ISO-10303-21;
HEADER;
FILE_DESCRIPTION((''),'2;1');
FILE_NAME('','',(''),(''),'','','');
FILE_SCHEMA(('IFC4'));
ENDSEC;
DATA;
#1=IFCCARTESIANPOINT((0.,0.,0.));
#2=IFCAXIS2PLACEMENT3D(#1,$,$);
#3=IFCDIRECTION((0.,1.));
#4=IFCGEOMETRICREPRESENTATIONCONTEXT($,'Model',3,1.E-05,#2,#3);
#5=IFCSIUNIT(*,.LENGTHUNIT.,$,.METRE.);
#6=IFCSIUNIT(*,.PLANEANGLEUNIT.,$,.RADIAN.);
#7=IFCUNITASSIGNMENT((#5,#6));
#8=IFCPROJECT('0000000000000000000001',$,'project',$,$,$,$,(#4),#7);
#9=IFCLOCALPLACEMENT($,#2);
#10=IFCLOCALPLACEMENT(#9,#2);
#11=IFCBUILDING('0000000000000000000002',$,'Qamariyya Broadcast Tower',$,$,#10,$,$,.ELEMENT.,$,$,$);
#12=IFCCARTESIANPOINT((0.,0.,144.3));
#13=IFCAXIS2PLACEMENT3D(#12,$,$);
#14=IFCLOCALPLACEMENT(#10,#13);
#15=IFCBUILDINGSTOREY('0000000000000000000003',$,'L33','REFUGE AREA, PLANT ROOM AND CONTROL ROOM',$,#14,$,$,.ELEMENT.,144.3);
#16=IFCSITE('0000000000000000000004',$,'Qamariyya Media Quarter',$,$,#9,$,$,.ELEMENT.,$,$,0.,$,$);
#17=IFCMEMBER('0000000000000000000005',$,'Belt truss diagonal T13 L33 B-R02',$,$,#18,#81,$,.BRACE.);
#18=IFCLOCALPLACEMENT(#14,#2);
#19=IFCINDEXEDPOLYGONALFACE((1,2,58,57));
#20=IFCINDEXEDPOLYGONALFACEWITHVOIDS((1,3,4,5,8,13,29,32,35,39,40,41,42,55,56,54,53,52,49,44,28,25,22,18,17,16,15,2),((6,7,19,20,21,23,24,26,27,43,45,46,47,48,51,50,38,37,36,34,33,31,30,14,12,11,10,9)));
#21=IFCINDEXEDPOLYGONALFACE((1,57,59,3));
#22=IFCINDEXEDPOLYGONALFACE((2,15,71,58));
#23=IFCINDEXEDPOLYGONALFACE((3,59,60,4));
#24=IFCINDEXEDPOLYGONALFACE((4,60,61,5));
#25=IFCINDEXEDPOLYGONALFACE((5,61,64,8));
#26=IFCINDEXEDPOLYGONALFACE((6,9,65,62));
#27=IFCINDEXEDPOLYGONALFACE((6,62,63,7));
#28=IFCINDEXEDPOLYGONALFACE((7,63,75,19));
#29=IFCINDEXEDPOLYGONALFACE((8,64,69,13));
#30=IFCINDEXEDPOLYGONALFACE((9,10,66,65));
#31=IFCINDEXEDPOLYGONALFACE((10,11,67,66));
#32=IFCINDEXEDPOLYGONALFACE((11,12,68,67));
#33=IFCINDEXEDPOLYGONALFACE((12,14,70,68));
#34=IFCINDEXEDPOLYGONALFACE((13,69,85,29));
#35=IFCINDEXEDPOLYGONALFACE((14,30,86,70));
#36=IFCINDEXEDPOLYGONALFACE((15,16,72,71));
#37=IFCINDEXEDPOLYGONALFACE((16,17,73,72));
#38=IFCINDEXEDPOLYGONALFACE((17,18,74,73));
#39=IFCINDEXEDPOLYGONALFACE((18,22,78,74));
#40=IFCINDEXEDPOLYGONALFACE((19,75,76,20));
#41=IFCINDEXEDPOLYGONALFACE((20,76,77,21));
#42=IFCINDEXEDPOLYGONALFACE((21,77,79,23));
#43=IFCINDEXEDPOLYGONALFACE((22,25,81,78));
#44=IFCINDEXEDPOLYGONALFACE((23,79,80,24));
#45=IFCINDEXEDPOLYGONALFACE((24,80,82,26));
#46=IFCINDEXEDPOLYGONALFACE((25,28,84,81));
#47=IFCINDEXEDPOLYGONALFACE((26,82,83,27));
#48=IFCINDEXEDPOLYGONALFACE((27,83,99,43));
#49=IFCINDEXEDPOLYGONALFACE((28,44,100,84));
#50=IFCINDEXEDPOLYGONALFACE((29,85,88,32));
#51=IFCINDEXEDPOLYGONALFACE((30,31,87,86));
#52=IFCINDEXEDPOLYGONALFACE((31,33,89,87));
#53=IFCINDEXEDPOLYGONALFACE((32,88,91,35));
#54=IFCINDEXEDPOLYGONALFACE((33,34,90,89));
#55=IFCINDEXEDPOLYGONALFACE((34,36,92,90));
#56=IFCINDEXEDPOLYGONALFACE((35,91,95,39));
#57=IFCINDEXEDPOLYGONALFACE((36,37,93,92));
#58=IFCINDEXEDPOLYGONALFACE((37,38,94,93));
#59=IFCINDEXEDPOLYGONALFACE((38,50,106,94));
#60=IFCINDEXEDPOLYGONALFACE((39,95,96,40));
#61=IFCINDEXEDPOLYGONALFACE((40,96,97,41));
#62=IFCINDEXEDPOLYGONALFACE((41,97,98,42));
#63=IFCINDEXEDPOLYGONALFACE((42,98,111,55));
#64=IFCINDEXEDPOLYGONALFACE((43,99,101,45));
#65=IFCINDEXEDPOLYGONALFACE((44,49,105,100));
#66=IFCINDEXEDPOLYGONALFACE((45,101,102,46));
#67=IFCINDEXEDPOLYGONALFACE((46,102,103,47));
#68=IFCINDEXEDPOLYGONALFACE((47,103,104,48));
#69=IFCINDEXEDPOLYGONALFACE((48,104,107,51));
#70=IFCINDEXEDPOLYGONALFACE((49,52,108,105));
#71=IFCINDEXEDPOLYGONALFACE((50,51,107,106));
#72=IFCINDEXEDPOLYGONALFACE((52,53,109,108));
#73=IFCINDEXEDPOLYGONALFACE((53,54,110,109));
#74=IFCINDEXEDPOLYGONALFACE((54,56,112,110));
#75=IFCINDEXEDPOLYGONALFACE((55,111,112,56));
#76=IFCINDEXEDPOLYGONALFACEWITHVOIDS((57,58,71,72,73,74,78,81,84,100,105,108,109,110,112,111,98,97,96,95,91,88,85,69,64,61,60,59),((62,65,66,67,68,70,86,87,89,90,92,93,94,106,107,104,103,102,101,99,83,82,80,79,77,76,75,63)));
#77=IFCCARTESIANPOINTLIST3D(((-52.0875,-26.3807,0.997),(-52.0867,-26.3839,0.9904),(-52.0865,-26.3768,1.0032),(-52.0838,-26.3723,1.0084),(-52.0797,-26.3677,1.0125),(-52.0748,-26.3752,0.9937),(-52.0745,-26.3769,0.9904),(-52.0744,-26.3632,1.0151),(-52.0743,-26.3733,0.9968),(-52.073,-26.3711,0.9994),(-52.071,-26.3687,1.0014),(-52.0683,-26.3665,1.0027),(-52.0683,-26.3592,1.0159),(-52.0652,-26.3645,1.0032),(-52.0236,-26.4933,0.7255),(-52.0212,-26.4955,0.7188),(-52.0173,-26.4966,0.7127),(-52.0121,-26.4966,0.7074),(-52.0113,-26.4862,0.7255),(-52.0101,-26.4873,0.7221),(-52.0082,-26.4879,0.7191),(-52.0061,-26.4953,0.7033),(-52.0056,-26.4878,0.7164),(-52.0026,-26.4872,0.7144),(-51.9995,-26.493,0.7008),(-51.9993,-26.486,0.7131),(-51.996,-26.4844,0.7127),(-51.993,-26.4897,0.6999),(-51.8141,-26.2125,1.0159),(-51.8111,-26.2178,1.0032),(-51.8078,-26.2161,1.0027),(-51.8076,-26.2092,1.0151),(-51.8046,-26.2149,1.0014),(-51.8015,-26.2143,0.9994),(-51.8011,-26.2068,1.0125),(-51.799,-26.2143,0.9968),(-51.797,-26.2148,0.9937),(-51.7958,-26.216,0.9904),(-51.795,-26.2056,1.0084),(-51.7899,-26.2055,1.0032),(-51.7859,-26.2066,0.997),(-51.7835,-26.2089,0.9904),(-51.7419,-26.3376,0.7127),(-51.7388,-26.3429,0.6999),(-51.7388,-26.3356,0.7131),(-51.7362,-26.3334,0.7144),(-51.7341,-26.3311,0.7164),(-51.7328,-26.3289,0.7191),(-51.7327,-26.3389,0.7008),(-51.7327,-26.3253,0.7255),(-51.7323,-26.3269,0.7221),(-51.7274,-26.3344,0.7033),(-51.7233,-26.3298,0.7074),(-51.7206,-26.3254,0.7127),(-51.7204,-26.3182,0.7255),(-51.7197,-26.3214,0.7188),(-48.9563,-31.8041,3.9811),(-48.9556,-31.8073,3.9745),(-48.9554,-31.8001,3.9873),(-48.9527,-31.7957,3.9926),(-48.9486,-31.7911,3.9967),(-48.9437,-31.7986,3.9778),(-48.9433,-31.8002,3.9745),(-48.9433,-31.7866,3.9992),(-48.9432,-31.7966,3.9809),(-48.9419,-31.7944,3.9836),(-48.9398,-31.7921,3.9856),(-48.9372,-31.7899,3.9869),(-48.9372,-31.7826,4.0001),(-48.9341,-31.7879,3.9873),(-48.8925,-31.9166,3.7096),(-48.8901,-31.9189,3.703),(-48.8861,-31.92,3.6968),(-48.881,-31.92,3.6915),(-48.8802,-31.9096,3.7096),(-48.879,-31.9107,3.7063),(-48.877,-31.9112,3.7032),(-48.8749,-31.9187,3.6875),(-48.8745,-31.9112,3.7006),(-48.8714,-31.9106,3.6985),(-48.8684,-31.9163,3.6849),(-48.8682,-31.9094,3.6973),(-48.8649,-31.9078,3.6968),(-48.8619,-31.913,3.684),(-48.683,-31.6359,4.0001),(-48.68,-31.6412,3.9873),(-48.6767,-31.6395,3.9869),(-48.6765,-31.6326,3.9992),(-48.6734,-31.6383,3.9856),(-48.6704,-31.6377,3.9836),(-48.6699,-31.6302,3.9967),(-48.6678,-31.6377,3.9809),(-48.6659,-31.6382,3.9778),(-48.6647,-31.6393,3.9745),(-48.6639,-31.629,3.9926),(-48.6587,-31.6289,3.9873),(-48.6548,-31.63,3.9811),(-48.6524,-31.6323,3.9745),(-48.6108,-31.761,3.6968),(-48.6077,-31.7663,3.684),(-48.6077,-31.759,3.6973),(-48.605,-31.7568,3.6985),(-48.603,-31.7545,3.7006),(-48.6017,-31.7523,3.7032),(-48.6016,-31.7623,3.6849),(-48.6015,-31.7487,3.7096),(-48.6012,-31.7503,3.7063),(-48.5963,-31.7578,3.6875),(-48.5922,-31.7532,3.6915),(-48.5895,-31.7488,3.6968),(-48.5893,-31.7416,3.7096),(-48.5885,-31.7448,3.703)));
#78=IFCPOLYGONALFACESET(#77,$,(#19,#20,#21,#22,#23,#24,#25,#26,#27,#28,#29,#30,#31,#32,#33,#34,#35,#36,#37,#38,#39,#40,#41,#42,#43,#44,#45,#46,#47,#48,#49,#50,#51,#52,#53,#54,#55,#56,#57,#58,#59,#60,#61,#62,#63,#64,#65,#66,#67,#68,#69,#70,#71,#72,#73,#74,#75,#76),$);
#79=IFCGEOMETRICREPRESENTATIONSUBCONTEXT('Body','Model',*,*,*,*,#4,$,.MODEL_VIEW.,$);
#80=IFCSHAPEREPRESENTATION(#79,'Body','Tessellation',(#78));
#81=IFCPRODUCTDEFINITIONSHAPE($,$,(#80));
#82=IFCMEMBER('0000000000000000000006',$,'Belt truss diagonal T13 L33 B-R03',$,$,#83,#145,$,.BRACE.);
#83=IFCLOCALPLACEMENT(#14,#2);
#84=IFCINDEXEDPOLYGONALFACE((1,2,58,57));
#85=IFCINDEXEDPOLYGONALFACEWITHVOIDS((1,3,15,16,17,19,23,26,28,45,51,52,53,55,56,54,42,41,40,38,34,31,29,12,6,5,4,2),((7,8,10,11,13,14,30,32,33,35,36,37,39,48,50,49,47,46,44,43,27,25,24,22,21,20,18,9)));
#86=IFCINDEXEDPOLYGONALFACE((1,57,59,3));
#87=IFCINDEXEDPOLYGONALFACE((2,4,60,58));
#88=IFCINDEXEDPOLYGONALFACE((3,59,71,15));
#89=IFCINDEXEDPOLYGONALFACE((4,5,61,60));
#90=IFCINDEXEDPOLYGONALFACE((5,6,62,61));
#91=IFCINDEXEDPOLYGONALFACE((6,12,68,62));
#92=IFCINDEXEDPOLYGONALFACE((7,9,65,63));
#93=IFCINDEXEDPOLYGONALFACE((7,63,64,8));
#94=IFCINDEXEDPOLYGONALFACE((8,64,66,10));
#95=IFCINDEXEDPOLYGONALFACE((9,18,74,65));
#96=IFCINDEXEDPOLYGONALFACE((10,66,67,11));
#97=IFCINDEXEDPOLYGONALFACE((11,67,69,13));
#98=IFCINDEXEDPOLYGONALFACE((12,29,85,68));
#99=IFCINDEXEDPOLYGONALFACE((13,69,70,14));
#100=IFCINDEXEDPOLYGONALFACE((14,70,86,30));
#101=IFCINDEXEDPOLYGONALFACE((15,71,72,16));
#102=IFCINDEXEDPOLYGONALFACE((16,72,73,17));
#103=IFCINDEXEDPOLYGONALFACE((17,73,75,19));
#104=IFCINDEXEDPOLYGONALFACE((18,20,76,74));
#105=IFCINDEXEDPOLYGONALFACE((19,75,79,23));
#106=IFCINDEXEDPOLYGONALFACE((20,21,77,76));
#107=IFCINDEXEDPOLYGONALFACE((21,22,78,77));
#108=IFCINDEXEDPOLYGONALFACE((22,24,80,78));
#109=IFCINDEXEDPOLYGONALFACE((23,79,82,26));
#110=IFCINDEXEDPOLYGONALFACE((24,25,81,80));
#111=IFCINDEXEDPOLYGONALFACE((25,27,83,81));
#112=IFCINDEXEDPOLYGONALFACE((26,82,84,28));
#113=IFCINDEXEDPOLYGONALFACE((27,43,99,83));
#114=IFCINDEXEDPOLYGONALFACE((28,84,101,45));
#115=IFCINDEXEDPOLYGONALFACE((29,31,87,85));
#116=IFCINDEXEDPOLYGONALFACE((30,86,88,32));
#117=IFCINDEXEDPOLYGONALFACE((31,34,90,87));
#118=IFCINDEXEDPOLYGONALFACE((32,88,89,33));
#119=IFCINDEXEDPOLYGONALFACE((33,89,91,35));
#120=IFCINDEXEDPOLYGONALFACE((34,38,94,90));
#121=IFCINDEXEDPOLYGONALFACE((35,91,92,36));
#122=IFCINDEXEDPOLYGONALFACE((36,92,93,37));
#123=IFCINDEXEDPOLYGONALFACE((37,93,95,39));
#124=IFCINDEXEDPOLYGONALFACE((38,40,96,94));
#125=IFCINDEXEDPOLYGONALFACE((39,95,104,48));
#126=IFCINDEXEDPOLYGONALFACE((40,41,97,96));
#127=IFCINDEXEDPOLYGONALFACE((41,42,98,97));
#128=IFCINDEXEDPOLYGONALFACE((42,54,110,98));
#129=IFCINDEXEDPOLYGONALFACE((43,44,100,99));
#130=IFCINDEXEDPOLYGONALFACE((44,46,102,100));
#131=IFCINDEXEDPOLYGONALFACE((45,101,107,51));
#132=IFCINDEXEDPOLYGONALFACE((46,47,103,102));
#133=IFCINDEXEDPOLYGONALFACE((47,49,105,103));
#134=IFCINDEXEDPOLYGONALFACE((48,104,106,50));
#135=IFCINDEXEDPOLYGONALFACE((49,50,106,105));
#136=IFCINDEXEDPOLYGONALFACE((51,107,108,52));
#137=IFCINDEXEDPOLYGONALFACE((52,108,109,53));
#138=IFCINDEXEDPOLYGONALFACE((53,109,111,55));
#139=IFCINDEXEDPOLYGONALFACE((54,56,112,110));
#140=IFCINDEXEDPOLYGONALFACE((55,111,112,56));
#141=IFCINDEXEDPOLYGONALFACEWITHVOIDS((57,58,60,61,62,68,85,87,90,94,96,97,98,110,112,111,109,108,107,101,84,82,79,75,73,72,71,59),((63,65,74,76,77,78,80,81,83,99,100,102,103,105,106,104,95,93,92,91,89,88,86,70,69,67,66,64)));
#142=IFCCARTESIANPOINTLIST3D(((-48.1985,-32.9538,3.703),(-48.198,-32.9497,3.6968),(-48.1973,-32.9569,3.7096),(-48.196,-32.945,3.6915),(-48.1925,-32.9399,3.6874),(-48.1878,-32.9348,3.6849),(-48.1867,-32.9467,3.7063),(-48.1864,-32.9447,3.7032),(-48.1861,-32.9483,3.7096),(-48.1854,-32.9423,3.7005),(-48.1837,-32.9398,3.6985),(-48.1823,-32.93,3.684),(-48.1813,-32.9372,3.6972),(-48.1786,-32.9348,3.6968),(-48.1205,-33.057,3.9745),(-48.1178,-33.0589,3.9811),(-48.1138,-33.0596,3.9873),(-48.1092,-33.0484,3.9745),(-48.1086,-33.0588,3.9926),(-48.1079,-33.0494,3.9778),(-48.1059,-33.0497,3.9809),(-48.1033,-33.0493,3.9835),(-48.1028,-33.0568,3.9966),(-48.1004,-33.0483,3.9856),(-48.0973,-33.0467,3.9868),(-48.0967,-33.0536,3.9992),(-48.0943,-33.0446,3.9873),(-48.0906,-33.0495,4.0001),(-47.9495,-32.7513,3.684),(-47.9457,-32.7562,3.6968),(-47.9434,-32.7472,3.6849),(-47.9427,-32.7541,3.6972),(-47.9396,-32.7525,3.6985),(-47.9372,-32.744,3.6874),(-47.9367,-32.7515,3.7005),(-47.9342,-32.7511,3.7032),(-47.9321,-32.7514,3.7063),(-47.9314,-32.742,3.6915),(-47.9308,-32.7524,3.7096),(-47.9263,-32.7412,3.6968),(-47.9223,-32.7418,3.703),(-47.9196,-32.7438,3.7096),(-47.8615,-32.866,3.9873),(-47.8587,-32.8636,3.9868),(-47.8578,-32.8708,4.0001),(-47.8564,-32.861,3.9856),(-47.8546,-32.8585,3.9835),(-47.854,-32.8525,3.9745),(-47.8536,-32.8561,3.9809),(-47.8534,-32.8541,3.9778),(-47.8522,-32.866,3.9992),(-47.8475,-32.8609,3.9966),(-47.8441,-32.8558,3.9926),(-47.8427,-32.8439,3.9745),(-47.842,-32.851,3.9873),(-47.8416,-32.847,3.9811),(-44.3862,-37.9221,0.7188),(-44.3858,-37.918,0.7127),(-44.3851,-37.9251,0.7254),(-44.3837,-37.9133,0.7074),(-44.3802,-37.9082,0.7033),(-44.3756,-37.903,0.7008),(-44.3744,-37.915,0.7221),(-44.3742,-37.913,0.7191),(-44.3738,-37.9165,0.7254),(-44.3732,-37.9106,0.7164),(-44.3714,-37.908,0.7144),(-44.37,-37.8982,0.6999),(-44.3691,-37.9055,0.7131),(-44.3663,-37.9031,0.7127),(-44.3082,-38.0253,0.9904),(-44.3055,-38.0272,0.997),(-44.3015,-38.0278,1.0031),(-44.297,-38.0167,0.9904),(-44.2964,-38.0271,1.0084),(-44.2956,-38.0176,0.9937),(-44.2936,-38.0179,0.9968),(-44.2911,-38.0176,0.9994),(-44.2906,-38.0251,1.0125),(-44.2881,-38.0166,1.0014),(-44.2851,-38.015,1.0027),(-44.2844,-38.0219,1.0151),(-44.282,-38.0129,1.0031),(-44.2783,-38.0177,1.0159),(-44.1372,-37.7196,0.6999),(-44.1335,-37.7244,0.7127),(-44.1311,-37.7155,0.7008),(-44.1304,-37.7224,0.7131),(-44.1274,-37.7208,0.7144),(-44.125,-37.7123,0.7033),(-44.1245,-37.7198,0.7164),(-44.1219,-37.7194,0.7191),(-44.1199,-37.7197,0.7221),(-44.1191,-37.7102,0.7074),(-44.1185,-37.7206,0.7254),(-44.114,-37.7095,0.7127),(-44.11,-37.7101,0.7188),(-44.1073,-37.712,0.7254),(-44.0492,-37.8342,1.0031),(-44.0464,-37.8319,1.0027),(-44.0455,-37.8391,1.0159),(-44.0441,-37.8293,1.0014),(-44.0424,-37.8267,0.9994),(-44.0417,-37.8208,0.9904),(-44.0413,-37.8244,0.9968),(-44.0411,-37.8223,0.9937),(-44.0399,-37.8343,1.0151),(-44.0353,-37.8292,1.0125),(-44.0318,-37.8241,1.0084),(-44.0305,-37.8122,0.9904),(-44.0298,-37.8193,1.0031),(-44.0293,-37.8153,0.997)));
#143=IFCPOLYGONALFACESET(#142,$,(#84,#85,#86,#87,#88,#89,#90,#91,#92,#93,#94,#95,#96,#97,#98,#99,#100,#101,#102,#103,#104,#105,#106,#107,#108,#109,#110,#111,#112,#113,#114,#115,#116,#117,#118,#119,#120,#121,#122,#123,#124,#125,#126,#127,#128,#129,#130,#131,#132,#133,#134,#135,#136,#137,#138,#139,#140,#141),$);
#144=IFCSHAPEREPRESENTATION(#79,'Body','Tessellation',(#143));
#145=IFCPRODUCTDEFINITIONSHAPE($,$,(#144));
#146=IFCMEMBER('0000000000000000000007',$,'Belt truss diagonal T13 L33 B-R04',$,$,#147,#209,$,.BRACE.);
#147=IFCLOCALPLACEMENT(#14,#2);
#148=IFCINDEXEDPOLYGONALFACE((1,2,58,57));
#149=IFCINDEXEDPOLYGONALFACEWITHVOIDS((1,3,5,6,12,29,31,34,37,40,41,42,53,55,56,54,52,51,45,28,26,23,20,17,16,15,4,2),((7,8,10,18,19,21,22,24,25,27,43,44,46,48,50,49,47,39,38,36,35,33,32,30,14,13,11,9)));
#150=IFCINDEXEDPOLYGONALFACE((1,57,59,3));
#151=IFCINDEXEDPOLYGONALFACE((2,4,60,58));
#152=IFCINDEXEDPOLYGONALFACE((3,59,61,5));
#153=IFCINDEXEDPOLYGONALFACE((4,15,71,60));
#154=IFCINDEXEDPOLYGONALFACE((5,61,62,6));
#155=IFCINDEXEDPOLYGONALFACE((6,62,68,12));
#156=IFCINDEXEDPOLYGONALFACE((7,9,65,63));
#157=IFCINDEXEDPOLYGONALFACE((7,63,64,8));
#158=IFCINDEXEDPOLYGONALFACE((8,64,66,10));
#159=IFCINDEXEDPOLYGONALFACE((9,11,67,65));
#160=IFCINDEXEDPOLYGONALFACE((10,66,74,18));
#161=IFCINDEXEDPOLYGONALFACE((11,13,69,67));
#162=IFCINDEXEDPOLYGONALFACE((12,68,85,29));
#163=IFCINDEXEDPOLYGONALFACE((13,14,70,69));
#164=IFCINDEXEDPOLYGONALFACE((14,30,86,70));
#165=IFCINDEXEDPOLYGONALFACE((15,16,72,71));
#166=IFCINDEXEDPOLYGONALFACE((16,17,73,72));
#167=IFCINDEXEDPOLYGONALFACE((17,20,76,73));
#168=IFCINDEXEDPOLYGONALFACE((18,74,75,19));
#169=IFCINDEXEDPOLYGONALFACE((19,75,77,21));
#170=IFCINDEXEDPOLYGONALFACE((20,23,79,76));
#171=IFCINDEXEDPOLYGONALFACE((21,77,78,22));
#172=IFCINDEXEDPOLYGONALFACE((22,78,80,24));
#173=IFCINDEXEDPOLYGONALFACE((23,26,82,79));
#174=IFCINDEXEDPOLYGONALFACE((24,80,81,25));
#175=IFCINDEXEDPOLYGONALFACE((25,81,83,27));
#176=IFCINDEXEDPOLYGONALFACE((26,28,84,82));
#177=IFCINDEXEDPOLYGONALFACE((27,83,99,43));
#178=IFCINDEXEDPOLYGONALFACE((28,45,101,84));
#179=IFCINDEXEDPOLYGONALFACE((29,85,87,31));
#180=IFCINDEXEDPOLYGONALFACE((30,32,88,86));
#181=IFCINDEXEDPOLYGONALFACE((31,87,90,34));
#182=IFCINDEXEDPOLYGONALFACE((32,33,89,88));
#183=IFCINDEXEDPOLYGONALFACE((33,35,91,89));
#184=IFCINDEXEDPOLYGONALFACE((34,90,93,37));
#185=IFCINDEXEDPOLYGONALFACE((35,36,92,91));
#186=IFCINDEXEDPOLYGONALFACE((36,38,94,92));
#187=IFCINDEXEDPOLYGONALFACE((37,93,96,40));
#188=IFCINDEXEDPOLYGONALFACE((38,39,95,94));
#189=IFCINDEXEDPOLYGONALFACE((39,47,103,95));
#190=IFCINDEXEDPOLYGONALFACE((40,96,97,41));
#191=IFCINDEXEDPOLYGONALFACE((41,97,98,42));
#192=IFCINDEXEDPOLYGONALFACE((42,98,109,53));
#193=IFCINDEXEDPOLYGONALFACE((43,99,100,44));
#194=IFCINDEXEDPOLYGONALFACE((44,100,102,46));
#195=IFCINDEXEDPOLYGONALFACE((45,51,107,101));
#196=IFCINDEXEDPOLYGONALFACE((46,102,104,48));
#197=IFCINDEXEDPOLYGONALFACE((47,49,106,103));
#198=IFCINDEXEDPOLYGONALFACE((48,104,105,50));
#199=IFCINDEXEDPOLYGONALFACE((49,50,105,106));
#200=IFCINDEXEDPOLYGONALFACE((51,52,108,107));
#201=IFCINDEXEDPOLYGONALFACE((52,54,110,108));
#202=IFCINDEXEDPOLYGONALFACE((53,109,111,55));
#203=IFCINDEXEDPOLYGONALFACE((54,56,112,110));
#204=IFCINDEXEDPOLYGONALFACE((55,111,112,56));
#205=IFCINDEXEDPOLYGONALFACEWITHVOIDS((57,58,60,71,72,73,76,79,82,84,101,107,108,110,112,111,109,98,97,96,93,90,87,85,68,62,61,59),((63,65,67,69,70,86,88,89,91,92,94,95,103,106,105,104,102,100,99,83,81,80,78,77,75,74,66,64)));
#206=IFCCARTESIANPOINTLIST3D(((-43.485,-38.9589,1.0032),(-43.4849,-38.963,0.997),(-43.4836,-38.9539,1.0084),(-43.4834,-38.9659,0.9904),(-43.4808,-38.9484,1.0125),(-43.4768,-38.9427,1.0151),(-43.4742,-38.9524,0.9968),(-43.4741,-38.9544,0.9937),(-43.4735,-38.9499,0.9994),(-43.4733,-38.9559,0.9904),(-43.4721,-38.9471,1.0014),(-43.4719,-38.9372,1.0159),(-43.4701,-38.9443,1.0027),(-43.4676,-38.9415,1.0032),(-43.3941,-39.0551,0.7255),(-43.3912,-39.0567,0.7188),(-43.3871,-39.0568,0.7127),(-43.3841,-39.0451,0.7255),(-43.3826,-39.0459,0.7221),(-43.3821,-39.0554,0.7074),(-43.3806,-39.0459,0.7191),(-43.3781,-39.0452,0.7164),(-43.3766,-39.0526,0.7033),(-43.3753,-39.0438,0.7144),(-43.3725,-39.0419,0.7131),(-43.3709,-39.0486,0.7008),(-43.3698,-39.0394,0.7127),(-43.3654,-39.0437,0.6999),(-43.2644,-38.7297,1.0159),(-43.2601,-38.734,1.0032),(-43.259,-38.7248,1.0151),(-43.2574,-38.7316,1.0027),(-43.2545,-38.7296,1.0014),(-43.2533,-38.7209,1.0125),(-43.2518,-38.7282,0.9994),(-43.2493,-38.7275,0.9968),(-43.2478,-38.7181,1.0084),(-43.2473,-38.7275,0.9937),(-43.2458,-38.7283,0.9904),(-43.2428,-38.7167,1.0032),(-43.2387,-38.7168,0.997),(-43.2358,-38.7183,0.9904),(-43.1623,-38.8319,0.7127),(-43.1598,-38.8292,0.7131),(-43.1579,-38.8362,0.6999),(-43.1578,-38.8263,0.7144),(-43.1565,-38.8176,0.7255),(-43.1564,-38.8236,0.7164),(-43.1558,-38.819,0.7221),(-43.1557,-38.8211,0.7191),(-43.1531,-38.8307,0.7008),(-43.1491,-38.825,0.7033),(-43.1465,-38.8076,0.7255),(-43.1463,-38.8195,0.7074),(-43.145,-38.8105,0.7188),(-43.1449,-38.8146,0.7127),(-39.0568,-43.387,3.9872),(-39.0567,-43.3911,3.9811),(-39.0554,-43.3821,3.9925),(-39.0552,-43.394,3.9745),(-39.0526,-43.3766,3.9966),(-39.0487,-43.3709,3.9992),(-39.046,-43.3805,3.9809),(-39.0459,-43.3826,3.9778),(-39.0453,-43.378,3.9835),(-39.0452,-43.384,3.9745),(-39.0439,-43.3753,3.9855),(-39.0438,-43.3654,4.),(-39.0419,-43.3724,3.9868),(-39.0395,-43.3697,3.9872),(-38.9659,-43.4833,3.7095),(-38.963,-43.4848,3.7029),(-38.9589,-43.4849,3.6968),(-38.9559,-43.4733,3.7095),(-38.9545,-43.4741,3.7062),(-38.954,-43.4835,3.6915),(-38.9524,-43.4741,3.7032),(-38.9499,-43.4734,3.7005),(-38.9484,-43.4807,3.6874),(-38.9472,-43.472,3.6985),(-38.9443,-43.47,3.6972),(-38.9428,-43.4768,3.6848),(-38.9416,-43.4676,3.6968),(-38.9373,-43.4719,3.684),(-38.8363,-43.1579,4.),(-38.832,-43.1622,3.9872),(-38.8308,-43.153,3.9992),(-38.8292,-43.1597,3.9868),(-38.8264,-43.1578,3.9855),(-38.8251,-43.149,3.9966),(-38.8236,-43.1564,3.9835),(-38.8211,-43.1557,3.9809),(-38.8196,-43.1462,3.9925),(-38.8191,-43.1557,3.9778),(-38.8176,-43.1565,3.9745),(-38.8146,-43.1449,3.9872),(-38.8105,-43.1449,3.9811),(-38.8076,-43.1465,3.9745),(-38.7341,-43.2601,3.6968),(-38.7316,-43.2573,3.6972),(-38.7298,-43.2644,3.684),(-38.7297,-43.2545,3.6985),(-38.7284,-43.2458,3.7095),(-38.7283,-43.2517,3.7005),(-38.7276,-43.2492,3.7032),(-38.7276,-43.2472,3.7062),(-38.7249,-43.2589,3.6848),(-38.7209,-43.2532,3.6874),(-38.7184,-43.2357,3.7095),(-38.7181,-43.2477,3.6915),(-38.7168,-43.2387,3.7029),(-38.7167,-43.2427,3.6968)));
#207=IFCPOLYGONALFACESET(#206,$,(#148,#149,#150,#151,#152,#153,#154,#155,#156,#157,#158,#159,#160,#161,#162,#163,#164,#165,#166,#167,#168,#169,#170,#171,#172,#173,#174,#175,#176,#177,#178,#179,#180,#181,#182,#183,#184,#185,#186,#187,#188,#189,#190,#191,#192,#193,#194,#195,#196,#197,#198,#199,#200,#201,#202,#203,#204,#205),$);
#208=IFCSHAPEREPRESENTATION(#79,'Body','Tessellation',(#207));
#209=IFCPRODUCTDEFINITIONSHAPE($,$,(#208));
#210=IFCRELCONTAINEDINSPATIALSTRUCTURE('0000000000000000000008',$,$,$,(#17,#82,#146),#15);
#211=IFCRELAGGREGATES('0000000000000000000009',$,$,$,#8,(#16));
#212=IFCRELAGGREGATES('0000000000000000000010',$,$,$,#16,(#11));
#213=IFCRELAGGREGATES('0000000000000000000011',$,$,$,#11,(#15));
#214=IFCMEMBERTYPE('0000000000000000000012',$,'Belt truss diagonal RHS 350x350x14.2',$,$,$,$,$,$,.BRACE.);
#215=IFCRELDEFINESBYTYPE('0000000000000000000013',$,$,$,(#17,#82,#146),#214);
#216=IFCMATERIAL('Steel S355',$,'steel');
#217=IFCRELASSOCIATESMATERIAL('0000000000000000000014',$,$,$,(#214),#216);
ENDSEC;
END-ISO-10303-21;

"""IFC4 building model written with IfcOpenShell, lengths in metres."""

from ifc_helpers import new_model, si_unit, direction, frame, origin, origin_2d, place, context, subcontext, project, spatial, hollow_rectangle, extrude, material, material_profile, profile_set, type_object, element, save


model = new_model("IFC4")

# Units and contexts
model_context = context("Model", 3, precision=1e-05, world=origin(), true_north=direction((0.0, 1.0)))
body_context = subcontext(model_context, "Body", "Model", "MODEL_VIEW")
ifc_project = project(units=[si_unit("LENGTHUNIT", "METRE"), si_unit("PLANEANGLEUNIT", "RADIAN")], contexts=[model_context])

# Site, building, storey
site_placement = place(None, origin())
site = spatial("IfcSite", under=ifc_project, at=site_placement, Name="Qamariyya Media Quarter", CompositionType="ELEMENT", RefElevation=0.0)
building_placement = place(site_placement, origin())
building = spatial("IfcBuilding", under=site, at=building_placement, Name="Qamariyya Broadcast Tower", CompositionType="ELEMENT")
storey_placement = place(building_placement, frame((0.0, 0.0, 144.3)))
storey = spatial("IfcBuildingStorey", under=building, at=storey_placement, Name="L33", Description="REFUGE AREA, PLANT ROOM AND CONTROL ROOM", CompositionType="ELEMENT", Elevation=144.3)

# Members
ifc_material_1 = material(Name="Steel S355", Category="steel")
ifc_material_profile_1 = material_profile(ifc_material_1, hollow_rectangle(XDim=0.3501, YDim=0.3501, WallThickness=0.0142, InnerFilletRadius=0.0142, OuterFilletRadius=0.0283, at=origin_2d()))
ifc_profile_set_1 = profile_set([ifc_material_profile_1], Name="Steel S355")
member_type_1 = type_object("IfcMemberType", Name="Belt truss diagonal RHS 350x350x14.2", PredefinedType="BRACE", material=ifc_profile_set_1)
for number, where, z_axis, x_axis, name in (
    (1, (-51.9036, -26.3511, 0.8579), (0.451365, -0.781803, 0.430178), (0.86603, 0.499992, 0.0), "Belt truss diagonal T13 L33 B-R02"),
    (2, (-48.02, -32.9004, 3.842), (0.549554, -0.716198, -0.430176), (0.793355, 0.608759, 0.0), "Belt truss diagonal T13 L33 B-R03"),
    (3, (-43.3149, -38.8867, 0.8579), (0.638339, -0.638339, 0.43017), (0.707107, 0.707107, 0.0), "Belt truss diagonal T13 L33 B-R04"),
):
    element("IfcMember", number, at=place(storey_placement, frame(where, z_axis=z_axis, x_axis=x_axis)), inside=storey, type_object=member_type_1, Name=name, PredefinedType="BRACE", context=body_context, shape_type="SweptSolid", body=[
        extrude(hollow_rectangle(XDim=0.3501, YDim=0.3501, WallThickness=0.0142, InnerFilletRadius=0.0142, OuterFilletRadius=0.0283, at=origin_2d()), origin(), (0.0, 0.0, 1.0), 6.937),
    ])

save(model, "model.ifc")
